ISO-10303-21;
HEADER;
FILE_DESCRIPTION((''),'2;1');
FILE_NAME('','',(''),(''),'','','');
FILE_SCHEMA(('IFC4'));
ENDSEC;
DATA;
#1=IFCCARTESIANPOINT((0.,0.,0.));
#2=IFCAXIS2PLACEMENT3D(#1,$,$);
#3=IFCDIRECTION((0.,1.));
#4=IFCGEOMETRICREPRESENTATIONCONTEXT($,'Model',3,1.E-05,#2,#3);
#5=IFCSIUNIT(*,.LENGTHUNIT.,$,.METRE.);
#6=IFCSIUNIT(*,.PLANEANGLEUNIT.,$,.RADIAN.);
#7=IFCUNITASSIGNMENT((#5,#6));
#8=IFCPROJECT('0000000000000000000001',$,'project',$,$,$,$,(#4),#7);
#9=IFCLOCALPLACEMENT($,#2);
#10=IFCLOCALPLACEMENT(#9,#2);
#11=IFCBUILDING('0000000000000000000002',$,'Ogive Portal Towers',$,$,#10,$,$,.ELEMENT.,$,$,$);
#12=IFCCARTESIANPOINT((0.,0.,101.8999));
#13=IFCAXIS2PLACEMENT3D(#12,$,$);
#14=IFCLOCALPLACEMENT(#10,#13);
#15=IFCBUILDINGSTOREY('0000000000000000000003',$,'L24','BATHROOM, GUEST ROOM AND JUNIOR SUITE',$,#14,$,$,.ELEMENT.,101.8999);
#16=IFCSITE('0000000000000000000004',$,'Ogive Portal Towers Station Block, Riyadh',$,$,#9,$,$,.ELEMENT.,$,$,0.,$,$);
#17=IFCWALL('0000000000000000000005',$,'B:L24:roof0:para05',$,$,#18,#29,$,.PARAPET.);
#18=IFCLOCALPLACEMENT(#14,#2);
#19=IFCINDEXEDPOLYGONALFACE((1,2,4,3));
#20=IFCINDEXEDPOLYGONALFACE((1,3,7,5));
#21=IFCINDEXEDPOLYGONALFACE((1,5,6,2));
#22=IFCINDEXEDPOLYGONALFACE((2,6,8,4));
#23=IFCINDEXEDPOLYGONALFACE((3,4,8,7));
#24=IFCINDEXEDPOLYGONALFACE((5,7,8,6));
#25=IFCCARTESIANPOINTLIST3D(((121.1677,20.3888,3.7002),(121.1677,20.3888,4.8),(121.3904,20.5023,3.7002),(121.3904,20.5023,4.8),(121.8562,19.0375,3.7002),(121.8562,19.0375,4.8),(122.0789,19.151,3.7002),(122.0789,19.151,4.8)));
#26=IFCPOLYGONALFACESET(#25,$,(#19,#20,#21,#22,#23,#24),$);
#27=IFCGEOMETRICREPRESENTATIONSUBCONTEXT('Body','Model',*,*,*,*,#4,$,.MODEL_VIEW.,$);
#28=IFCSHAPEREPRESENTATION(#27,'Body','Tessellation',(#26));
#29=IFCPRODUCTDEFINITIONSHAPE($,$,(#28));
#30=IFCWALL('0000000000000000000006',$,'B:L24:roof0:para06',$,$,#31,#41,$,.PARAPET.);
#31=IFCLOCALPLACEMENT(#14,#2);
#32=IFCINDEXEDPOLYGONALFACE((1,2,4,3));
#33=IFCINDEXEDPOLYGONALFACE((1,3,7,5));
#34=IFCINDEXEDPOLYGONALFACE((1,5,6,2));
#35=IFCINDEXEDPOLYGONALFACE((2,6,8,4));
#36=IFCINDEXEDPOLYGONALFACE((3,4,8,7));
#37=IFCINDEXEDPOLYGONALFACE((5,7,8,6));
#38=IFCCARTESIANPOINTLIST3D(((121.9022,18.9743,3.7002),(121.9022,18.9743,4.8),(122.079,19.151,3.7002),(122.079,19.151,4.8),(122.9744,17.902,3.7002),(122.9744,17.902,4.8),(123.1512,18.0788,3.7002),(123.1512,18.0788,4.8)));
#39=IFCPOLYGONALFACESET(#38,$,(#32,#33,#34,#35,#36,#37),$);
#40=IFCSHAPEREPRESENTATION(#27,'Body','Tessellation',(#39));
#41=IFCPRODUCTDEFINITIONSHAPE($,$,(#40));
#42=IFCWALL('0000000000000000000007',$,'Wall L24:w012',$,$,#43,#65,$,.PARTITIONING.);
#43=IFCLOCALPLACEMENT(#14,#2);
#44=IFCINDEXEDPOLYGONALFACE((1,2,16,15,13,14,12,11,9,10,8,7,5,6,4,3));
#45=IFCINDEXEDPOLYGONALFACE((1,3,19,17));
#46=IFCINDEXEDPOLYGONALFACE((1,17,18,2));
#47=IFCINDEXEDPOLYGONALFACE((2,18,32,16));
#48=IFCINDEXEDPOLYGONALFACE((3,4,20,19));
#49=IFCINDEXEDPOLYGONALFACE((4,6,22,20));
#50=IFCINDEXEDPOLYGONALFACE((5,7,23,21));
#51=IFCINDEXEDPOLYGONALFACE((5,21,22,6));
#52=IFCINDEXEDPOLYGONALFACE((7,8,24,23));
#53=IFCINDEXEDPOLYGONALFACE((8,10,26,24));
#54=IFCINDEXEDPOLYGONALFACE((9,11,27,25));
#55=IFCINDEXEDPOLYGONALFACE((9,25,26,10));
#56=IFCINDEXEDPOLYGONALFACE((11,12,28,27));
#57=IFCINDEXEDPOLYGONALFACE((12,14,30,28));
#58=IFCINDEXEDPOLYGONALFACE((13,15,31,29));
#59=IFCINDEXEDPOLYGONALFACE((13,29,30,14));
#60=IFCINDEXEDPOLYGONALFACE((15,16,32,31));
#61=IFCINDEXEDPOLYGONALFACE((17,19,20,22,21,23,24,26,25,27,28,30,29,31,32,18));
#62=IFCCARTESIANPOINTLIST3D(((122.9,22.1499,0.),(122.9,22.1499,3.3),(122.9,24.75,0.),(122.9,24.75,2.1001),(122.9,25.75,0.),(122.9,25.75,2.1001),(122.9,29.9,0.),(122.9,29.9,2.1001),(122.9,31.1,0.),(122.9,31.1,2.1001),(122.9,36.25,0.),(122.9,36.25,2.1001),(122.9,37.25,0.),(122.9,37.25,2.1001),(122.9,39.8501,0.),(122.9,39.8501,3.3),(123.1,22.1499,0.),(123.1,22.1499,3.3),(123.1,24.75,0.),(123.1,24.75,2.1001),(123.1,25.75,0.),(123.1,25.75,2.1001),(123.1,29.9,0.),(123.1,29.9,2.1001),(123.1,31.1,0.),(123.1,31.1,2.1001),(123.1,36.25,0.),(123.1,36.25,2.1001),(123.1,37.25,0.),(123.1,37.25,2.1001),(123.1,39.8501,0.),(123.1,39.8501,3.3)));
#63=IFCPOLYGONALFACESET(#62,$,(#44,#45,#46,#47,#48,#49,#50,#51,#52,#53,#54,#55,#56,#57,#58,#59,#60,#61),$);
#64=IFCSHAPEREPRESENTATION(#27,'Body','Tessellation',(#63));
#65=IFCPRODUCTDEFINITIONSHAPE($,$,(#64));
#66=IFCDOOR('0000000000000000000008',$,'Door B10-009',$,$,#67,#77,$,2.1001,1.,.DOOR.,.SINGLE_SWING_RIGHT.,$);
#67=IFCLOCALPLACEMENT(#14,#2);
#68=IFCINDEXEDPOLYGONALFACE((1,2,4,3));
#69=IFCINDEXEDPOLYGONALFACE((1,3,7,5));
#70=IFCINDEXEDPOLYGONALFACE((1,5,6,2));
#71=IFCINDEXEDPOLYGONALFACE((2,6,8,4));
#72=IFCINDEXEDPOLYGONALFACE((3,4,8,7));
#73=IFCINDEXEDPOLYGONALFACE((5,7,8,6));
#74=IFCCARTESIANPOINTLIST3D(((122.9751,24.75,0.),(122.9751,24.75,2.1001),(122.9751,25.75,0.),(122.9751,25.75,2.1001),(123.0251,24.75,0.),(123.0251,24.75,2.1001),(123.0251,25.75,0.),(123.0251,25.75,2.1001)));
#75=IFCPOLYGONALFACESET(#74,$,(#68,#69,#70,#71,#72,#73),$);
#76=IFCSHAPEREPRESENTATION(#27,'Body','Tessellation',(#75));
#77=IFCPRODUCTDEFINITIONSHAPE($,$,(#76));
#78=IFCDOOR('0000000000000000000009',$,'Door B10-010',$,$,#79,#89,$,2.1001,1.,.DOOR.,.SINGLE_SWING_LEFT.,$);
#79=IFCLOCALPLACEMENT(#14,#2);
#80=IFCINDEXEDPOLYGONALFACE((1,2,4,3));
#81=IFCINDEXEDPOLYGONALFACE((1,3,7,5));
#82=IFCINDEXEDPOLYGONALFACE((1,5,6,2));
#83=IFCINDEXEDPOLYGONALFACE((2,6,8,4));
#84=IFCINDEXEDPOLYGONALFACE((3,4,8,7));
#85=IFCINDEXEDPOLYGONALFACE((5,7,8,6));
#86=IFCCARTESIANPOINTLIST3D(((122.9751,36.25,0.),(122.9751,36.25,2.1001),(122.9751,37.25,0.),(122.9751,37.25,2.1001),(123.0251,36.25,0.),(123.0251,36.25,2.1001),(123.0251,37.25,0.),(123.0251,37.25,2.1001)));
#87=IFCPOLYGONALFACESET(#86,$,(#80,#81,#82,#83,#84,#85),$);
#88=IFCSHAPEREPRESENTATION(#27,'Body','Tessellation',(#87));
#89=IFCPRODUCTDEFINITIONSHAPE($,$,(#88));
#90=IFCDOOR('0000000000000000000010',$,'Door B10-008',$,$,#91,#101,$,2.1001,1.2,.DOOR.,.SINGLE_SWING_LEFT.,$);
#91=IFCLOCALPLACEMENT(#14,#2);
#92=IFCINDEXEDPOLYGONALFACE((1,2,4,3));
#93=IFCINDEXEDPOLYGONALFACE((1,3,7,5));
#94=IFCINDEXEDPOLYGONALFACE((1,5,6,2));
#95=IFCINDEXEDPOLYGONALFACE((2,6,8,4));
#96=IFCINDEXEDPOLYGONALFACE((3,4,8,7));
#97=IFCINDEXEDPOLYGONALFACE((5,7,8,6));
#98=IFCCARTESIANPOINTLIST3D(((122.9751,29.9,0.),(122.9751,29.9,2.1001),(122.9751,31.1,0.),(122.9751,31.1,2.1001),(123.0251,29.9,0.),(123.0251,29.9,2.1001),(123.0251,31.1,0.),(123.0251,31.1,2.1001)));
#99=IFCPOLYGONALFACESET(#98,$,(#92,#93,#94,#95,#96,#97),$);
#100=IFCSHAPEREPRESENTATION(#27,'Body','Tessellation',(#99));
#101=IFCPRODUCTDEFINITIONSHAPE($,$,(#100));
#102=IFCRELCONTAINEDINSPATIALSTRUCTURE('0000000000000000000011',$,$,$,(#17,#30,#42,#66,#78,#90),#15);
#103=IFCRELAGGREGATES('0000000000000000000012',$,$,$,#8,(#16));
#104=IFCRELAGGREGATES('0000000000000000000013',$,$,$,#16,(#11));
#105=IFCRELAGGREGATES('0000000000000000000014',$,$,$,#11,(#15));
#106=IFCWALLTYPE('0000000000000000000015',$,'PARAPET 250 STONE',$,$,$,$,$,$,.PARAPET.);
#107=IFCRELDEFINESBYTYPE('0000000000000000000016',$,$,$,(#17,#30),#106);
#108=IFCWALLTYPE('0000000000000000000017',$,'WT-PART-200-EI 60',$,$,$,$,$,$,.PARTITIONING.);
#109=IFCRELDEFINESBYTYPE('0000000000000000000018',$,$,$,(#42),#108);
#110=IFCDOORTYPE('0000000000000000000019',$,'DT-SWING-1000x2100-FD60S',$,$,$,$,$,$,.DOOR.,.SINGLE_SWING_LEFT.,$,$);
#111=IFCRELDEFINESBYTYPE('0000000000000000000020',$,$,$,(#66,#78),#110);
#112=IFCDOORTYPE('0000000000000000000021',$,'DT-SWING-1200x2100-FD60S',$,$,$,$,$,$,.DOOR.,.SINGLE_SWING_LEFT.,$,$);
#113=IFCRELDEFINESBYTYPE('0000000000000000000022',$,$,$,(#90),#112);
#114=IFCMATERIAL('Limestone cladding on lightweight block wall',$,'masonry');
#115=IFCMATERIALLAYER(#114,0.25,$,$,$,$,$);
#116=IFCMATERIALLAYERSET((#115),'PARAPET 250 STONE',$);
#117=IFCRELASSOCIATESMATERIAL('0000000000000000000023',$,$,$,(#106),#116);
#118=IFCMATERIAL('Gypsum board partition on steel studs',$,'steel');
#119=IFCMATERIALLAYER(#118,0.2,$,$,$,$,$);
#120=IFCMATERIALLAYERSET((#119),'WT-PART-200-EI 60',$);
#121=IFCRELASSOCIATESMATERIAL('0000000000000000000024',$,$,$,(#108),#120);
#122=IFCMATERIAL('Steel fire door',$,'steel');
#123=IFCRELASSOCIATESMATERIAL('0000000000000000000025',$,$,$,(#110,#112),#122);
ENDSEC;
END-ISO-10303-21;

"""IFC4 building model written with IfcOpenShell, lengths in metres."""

from ifc_helpers import new_model, si_unit, direction, frame, frame_2d, origin, place, context, subcontext, project, spatial, rectangle, extrude, material, layer, layer_set, type_object, element, fill, save


model = new_model("IFC4")

# Units and contexts
model_context = context("Model", 3, precision=1e-05, world=origin(), true_north=direction((0.0, 1.0)))
body_context = subcontext(model_context, "Body", "Model", "MODEL_VIEW")
ifc_project = project(units=[si_unit("LENGTHUNIT", "METRE"), si_unit("PLANEANGLEUNIT", "RADIAN")], contexts=[model_context])

# Site, building, storey
site_placement = place(None, origin())
site = spatial("IfcSite", under=ifc_project, at=site_placement, Name="Ogive Portal Towers Station Block, Riyadh", CompositionType="ELEMENT", RefElevation=0.0)
building_placement = place(site_placement, origin())
building = spatial("IfcBuilding", under=site, at=building_placement, Name="Ogive Portal Towers", CompositionType="ELEMENT")
storey_placement = place(building_placement, frame((0.0, 0.0, 101.8999)))
storey = spatial("IfcBuildingStorey", under=building, at=storey_placement, Name="L24", Description="BATHROOM, GUEST ROOM AND JUNIOR SUITE", CompositionType="ELEMENT", Elevation=101.8999)

# Walls
ifc_material_1 = material(Name="Limestone cladding on lightweight block wall", Category="masonry")
ifc_layer_1 = layer(ifc_material_1, 0.25)
ifc_layer_set_1 = layer_set([ifc_layer_1], Name="PARAPET 250 STONE")
wall_type_1 = type_object("IfcWallType", Name="PARAPET 250 STONE", PredefinedType="PARAPET", material=ifc_layer_set_1)
wall_1_placement = place(storey_placement, frame((121.2791, 20.4456, 3.7002), z_axis=(0.0, 0.0, 1.0), x_axis=(0.453962, -0.891021, 0.0)))
element("IfcWall", 1, at=wall_1_placement, inside=storey, type_object=wall_type_1, Name="B:L24:roof0:para05", PredefinedType="PARAPET", context=body_context, shape_type="SweptSolid", body=[
    extrude(rectangle(XDim=1.5166, YDim=0.25, at=frame_2d((0.7583, 0.0))), origin(), (0.0, 0.0, 1.0), 1.0999),
])
wall_2_placement = place(storey_placement, frame((121.9905, 19.0627, 3.7002), z_axis=(0.0, 0.0, 1.0), x_axis=(0.707107, -0.707107, 0.0)))
element("IfcWall", 2, at=wall_2_placement, inside=storey, type_object=wall_type_1, Name="B:L24:roof0:para06", PredefinedType="PARAPET", context=body_context, shape_type="SweptSolid", body=[
    extrude(rectangle(XDim=1.5164, YDim=0.25, at=frame_2d((0.7583, 0.0))), origin(), (0.0, 0.0, 1.0), 1.0999),
])

# Wall, openings, doors
ifc_material_2 = material(Name="Gypsum board partition on steel studs", Category="steel")
ifc_layer_2 = layer(ifc_material_2, 0.2)
ifc_layer_set_2 = layer_set([ifc_layer_2], Name="WT-PART-200-EI 60")
wall_type_2 = type_object("IfcWallType", Name="WT-PART-200-EI 60", PredefinedType="PARTITIONING", material=ifc_layer_set_2)
wall_3_placement = place(storey_placement, frame((123.0, 22.1499, 0.0), z_axis=(0.0, 0.0, 1.0), x_axis=(0.0, 1.0, 0.0)))
wall_3 = element("IfcWall", 3, at=wall_3_placement, inside=storey, type_object=wall_type_2, Name="Wall L24:w012", PredefinedType="PARTITIONING", context=body_context, shape_type="SweptSolid", body=[
    extrude(rectangle(XDim=17.7002, YDim=0.2, at=frame_2d((8.8501, 0.0))), origin(), (0.0, 0.0, 1.0), 3.3),
])
opening_1_placement = place(wall_3_placement, frame((7.75, 0.0, 0.0)))
opening_1 = element("IfcOpeningElement", 4, at=opening_1_placement, cuts=wall_3, PredefinedType="OPENING", context=body_context, shape_type="SweptSolid", body=[
    extrude(rectangle(XDim=1.2, YDim=2.1001, at=frame_2d((0.6001, 1.05))), frame((0.0, 0.1099, 0.0), z_axis=(0.0, -1.0, 0.0), x_axis=(1.0, 0.0, 0.0)), (0.0, 0.0, 1.0), 0.22),
])
opening_2_placement = place(wall_3_placement, frame((2.6001, 0.0, 0.0)))
opening_2 = element("IfcOpeningElement", 5, at=opening_2_placement, cuts=wall_3, PredefinedType="OPENING", context=body_context, shape_type="SweptSolid", body=[
    extrude(rectangle(XDim=1.0, YDim=2.1001, at=frame_2d((0.5, 1.05))), frame((0.0, 0.1099, 0.0), z_axis=(0.0, -1.0, 0.0), x_axis=(1.0, 0.0, 0.0)), (0.0, 0.0, 1.0), 0.22),
])
opening_3_placement = place(wall_3_placement, frame((14.1001, 0.0, 0.0)))
opening_3 = element("IfcOpeningElement", 6, at=opening_3_placement, cuts=wall_3, PredefinedType="OPENING", context=body_context, shape_type="SweptSolid", body=[
    extrude(rectangle(XDim=1.0, YDim=2.1001, at=frame_2d((0.5, 1.05))), frame((0.0, 0.1099, 0.0), z_axis=(0.0, -1.0, 0.0), x_axis=(1.0, 0.0, 0.0)), (0.0, 0.0, 1.0), 0.22),
])
ifc_material_3 = material(Name="Steel fire door", Category="steel")
door_type_1 = type_object("IfcDoorType", Name="DT-SWING-1000x2100-FD60S", OperationType="SINGLE_SWING_LEFT", PredefinedType="DOOR", material=ifc_material_3)
door_1_placement = place(opening_2_placement, origin())
door_1 = element("IfcDoor", 7, at=door_1_placement, inside=storey, type_object=door_type_1, Name="Door B10-009", OperationType="SINGLE_SWING_RIGHT", OverallHeight=2.1001, OverallWidth=1.0, PredefinedType="DOOR", context=body_context, shape_type="SweptSolid", body=[
    extrude(rectangle(XDim=1.0, YDim=2.1001, at=frame_2d((0.5, 1.05))), frame((0.0, 0.0249, 0.0), z_axis=(0.0, -1.0, 0.0), x_axis=(1.0, 0.0, 0.0)), (0.0, 0.0, 1.0), 0.05),
])
fill(opening_2, door_1)
door_2_placement = place(opening_3_placement, origin())
door_2 = element("IfcDoor", 8, at=door_2_placement, inside=storey, type_object=door_type_1, Name="Door B10-010", OperationType="SINGLE_SWING_LEFT", OverallHeight=2.1001, OverallWidth=1.0, PredefinedType="DOOR", context=body_context, shape_type="SweptSolid", body=[
    extrude(rectangle(XDim=1.0, YDim=2.1001, at=frame_2d((0.5, 1.05))), frame((0.0, 0.0249, 0.0), z_axis=(0.0, -1.0, 0.0), x_axis=(1.0, 0.0, 0.0)), (0.0, 0.0, 1.0), 0.05),
])
fill(opening_3, door_2)
door_type_2 = type_object("IfcDoorType", Name="DT-SWING-1200x2100-FD60S", OperationType="SINGLE_SWING_LEFT", PredefinedType="DOOR", material=ifc_material_3)
door_3_placement = place(opening_1_placement, origin())
door_3 = element("IfcDoor", 9, at=door_3_placement, inside=storey, type_object=door_type_2, Name="Door B10-008", OperationType="SINGLE_SWING_LEFT", OverallHeight=2.1001, OverallWidth=1.2, PredefinedType="DOOR", context=body_context, shape_type="SweptSolid", body=[
    extrude(rectangle(XDim=1.2, YDim=2.1001, at=frame_2d((0.6001, 1.05))), frame((0.0, 0.0249, 0.0), z_axis=(0.0, -1.0, 0.0), x_axis=(1.0, 0.0, 0.0)), (0.0, 0.0, 1.0), 0.05),
])
fill(opening_1, door_3)

save(model, "model.ifc")
